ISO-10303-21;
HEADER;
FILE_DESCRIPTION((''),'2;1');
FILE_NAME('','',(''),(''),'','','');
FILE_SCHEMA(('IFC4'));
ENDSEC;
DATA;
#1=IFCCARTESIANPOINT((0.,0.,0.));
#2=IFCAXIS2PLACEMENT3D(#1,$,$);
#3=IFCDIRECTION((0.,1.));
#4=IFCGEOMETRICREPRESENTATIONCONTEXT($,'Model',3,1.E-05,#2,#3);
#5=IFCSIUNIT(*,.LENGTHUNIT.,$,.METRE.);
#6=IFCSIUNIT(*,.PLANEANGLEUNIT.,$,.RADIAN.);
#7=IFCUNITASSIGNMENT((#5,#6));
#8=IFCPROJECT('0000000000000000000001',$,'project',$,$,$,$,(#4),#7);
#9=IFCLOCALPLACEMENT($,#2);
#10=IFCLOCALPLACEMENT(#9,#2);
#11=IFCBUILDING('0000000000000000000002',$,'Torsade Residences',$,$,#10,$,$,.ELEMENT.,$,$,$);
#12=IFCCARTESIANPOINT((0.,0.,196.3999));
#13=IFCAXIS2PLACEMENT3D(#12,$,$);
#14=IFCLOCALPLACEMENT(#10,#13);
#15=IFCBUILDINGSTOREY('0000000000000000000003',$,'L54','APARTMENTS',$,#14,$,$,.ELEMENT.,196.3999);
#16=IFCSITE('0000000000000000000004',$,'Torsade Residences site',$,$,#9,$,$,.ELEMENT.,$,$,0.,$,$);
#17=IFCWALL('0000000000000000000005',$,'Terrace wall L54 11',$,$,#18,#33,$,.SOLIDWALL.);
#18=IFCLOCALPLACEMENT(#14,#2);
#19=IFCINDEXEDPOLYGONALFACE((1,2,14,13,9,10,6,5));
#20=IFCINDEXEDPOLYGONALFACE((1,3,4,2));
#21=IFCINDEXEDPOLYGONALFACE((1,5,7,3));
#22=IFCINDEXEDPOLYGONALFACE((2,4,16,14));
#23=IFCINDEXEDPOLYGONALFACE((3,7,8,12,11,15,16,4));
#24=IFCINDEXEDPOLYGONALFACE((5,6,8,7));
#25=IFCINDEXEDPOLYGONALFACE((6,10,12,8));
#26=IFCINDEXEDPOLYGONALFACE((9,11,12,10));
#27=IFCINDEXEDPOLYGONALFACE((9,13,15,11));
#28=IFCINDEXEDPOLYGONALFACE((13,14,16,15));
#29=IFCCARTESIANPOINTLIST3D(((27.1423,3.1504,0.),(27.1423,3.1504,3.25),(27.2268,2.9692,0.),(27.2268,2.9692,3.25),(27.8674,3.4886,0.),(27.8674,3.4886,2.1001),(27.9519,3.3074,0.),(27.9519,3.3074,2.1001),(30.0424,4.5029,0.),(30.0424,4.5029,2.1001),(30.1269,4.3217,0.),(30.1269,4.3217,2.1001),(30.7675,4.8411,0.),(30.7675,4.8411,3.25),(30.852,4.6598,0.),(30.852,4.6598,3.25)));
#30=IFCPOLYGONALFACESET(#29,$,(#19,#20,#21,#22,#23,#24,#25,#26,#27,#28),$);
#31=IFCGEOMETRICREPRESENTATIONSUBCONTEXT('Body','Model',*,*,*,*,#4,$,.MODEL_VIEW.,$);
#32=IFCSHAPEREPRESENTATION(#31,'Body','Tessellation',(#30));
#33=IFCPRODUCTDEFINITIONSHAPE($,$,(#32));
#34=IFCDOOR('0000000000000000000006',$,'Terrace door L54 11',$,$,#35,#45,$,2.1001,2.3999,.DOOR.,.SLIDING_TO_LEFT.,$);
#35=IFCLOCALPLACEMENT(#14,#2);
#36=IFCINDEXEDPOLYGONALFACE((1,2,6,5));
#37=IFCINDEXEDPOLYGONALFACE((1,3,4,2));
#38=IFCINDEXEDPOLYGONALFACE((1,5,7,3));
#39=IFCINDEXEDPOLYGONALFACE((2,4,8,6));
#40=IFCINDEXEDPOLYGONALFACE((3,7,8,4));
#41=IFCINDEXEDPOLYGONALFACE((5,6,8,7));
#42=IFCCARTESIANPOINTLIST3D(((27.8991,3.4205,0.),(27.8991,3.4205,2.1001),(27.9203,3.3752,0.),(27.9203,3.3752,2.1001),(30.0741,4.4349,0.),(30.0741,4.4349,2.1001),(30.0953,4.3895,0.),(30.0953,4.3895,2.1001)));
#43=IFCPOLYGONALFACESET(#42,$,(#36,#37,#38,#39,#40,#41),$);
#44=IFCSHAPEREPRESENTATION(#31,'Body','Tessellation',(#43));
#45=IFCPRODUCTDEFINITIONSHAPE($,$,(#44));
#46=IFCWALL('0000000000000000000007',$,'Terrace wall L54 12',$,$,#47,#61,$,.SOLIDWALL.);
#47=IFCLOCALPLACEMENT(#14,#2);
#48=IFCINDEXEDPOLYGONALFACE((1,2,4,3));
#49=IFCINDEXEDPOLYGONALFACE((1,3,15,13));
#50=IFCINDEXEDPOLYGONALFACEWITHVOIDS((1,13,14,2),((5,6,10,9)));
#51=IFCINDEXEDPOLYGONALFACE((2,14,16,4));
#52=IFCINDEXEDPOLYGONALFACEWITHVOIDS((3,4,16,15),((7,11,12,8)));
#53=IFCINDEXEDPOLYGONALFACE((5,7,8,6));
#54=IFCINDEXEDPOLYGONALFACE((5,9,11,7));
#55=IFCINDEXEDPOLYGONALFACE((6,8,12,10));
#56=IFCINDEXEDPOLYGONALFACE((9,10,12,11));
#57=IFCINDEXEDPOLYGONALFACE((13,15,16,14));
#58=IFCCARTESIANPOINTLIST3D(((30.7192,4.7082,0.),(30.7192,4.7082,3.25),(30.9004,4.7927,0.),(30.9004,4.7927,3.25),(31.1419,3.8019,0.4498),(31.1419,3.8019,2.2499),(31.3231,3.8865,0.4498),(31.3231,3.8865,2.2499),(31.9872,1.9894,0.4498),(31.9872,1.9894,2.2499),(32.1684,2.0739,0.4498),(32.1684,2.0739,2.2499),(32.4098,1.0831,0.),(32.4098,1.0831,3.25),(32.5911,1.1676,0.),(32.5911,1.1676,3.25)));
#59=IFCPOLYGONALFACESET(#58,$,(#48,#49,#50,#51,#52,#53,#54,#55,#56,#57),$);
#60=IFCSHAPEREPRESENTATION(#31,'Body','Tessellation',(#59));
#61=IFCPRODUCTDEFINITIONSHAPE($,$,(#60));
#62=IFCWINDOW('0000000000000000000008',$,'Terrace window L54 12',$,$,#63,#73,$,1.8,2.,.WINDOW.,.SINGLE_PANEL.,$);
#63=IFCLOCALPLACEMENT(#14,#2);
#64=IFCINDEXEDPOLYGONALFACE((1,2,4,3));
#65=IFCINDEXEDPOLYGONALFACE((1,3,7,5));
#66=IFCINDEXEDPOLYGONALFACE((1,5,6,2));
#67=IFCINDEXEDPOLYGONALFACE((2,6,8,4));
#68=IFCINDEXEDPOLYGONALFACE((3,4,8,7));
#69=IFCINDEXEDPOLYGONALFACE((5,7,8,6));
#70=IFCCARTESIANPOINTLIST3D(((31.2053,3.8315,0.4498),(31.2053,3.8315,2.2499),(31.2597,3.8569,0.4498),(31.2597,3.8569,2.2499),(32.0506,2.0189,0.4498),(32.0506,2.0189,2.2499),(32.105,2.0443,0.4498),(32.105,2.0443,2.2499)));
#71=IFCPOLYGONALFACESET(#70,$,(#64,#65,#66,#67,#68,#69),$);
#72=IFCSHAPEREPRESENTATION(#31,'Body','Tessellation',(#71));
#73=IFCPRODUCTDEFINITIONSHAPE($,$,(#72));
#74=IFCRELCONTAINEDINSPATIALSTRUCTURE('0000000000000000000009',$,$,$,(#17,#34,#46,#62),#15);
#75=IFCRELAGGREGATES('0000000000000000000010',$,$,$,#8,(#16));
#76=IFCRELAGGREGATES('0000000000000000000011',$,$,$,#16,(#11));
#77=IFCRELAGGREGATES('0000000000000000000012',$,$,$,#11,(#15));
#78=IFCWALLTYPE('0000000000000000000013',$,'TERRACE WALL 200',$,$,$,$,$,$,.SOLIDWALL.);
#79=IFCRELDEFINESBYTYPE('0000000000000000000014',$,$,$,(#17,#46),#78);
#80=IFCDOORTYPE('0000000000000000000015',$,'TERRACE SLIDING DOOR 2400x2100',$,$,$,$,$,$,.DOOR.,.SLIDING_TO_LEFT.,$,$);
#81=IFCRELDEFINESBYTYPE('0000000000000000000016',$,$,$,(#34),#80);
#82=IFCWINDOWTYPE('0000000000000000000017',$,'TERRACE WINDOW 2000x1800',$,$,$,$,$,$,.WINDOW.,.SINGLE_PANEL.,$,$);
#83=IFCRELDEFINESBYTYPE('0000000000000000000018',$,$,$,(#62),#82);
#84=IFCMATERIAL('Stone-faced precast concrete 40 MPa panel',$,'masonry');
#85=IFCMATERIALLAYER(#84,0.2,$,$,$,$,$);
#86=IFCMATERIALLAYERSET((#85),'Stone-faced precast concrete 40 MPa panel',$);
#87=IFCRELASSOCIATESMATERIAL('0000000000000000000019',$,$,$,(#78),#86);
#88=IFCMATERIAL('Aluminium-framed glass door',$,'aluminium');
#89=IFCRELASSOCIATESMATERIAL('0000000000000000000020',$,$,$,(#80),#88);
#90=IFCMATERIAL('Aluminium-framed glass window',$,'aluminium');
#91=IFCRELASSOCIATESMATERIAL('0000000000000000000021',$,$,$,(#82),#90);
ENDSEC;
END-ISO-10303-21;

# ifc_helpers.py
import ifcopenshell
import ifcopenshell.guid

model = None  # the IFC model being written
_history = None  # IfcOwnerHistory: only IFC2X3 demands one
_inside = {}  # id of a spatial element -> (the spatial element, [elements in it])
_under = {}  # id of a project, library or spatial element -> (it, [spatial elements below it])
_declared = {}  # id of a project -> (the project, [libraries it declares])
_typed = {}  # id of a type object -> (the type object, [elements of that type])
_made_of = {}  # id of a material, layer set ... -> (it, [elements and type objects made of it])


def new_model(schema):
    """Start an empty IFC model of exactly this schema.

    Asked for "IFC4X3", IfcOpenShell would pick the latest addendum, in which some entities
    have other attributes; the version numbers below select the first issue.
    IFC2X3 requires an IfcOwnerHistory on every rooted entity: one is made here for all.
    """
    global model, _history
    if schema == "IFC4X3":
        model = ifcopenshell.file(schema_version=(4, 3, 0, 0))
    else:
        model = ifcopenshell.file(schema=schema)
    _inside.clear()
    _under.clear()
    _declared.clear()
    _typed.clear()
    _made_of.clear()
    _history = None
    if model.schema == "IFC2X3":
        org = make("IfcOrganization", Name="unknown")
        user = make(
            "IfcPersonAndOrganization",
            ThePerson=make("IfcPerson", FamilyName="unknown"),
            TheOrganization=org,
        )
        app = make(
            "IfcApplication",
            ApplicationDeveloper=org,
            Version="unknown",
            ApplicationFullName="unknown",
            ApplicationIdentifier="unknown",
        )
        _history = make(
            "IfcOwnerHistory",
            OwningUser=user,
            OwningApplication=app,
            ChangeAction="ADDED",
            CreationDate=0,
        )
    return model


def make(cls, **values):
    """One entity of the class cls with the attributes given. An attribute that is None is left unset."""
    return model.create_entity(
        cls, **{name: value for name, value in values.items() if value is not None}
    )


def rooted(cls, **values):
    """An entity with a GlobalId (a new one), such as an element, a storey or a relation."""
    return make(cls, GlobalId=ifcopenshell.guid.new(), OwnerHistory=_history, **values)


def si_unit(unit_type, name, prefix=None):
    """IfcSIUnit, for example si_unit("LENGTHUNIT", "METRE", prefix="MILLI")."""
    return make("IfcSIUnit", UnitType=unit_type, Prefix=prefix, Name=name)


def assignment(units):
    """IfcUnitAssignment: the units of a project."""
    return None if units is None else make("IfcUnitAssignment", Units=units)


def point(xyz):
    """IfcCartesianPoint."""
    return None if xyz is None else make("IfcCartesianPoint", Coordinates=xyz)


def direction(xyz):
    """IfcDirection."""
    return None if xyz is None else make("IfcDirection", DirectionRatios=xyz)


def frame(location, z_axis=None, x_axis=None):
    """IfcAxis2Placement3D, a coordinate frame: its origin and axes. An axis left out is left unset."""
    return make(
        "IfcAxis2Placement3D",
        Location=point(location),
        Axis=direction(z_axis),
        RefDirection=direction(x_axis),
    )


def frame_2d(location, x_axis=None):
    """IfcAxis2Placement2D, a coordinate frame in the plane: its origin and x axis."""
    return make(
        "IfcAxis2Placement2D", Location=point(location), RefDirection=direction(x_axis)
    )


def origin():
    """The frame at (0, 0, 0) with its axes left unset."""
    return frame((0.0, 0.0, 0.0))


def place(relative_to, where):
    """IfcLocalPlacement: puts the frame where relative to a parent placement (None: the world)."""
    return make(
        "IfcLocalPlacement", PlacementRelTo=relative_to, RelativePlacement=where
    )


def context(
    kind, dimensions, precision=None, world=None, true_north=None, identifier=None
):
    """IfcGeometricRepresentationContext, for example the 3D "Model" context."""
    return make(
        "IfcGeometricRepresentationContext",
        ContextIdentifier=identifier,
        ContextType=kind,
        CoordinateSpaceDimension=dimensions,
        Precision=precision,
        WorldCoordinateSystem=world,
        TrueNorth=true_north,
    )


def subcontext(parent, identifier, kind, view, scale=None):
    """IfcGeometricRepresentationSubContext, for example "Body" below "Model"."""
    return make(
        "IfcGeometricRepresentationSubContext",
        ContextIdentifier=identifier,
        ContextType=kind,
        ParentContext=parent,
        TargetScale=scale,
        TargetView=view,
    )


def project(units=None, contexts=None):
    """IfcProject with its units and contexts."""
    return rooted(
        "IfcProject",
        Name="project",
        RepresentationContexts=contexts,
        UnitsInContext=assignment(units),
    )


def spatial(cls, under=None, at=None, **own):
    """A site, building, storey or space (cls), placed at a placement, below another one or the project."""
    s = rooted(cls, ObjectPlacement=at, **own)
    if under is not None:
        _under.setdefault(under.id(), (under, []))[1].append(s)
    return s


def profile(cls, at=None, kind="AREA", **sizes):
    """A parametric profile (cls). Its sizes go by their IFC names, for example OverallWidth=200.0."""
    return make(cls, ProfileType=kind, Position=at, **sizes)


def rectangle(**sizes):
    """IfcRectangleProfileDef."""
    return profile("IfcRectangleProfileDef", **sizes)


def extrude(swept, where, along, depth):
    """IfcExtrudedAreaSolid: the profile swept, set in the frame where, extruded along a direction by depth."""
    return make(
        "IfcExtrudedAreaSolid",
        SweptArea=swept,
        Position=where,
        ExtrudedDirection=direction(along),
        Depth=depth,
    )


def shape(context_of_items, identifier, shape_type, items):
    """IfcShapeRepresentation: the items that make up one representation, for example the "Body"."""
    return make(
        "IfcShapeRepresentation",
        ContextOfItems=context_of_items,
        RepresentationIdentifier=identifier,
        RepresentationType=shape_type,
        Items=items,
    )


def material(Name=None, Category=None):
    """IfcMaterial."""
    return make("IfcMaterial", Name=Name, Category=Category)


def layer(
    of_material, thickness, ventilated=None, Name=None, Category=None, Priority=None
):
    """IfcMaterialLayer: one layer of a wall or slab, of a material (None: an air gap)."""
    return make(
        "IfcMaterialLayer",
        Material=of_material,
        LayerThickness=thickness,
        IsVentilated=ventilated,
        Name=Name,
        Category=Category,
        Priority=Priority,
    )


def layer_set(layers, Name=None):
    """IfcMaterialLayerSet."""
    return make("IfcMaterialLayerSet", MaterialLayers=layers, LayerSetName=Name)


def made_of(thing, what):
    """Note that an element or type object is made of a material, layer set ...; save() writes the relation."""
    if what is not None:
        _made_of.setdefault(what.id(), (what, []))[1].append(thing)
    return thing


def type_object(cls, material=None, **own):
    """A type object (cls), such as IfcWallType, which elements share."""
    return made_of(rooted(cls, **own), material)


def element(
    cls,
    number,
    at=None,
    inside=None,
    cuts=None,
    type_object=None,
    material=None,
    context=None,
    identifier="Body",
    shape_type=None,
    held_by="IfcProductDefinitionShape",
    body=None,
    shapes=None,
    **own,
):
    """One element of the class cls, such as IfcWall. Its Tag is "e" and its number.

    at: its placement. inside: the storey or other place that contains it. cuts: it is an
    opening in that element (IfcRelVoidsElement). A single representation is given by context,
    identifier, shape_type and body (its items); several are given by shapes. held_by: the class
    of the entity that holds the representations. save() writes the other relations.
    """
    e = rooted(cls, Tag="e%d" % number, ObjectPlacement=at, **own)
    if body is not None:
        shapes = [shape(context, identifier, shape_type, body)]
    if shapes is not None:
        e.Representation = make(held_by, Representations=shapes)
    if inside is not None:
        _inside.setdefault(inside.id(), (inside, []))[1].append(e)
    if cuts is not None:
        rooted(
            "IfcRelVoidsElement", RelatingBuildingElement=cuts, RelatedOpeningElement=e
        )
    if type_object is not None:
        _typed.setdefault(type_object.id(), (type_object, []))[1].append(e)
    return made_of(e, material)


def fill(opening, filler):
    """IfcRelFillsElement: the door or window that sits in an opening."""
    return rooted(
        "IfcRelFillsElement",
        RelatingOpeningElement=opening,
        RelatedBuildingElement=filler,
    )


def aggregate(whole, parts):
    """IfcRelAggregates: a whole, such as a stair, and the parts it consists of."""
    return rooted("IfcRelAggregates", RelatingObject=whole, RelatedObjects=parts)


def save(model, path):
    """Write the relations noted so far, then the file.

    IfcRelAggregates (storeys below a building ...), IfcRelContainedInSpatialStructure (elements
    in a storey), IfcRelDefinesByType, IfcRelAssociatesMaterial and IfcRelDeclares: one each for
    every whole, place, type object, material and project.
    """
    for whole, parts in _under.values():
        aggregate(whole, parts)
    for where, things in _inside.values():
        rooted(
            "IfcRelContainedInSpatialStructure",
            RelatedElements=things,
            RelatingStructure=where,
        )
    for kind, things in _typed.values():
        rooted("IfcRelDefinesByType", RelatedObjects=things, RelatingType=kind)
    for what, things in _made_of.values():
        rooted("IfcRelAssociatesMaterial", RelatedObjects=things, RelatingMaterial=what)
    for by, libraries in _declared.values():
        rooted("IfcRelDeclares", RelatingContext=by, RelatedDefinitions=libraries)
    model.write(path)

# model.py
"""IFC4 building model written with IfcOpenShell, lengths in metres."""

from ifc_helpers import new_model, si_unit, direction, frame, frame_2d, origin, place, context, subcontext, project, spatial, rectangle, extrude, material, layer, layer_set, type_object, element, fill, save


model = new_model("IFC4")

# Units and contexts
model_context = context("Model", 3, precision=1e-05, world=origin(), true_north=direction((0.0, 1.0)))
body_context = subcontext(model_context, "Body", "Model", "MODEL_VIEW")
ifc_project = project(units=[si_unit("LENGTHUNIT", "METRE"), si_unit("PLANEANGLEUNIT", "RADIAN")], contexts=[model_context])

# Site, building, storey
site_placement = place(None, origin())
site = spatial("IfcSite", under=ifc_project, at=site_placement, Name="Torsade Residences site", CompositionType="ELEMENT", RefElevation=0.0)
building_placement = place(site_placement, origin())
building = spatial("IfcBuilding", under=site, at=building_placement, Name="Torsade Residences", CompositionType="ELEMENT")
storey_placement = place(building_placement, frame((0.0, 0.0, 196.3999)))
storey = spatial("IfcBuildingStorey", under=building, at=storey_placement, Name="L54", Description="APARTMENTS", CompositionType="ELEMENT", Elevation=196.3999)

# Wall, opening, door
ifc_material_1 = material(Name="Stone-faced precast concrete 40 MPa panel", Category="masonry")
ifc_layer_1 = layer(ifc_material_1, 0.2)
ifc_layer_set_1 = layer_set([ifc_layer_1], Name="Stone-faced precast concrete 40 MPa panel")
wall_type_1 = type_object("IfcWallType", Name="TERRACE WALL 200", PredefinedType="SOLIDWALL", material=ifc_layer_set_1)
wall_1_placement = place(storey_placement, frame((27.1846, 3.0598, 0.0), z_axis=(0.0, 0.0, 1.0), x_axis=(0.906289, 0.422658, 0.0)))
wall_1 = element("IfcWall", 1, at=wall_1_placement, inside=storey, type_object=wall_type_1, Name="Terrace wall L54 11", PredefinedType="SOLIDWALL", context=body_context, shape_type="SweptSolid", body=[
    extrude(rectangle(XDim=4.0, YDim=0.2, at=frame_2d((2.0, 0.0))), origin(), (0.0, 0.0, 1.0), 3.25),
])
opening_1_placement = place(wall_1_placement, frame((0.8, 0.0, 0.0)))
opening_1 = element("IfcOpeningElement", 2, at=opening_1_placement, cuts=wall_1, PredefinedType="OPENING", context=body_context, shape_type="SweptSolid", body=[
    extrude(rectangle(XDim=2.3999, YDim=2.1001, at=frame_2d((1.2, 1.05))), frame((0.0, 0.1099, 0.0), z_axis=(0.0, -1.0, 0.0), x_axis=(1.0, 0.0, 0.0)), (0.0, 0.0, 1.0), 0.22),
])
ifc_material_2 = material(Name="Aluminium-framed glass door", Category="aluminium")
door_type_1 = type_object("IfcDoorType", Name="TERRACE SLIDING DOOR 2400x2100", OperationType="SLIDING_TO_LEFT", PredefinedType="DOOR", material=ifc_material_2)
door_1_placement = place(opening_1_placement, origin())
door_1 = element("IfcDoor", 3, at=door_1_placement, inside=storey, type_object=door_type_1, Name="Terrace door L54 11", OperationType="SLIDING_TO_LEFT", OverallHeight=2.1001, OverallWidth=2.3999, PredefinedType="DOOR", context=body_context, shape_type="SweptSolid", body=[
    extrude(rectangle(XDim=2.3999, YDim=2.1001, at=frame_2d((1.2, 1.05))), frame((0.0, 0.0249, 0.0), z_axis=(0.0, -1.0, 0.0), x_axis=(1.0, 0.0, 0.0)), (0.0, 0.0, 1.0), 0.05),
])
fill(opening_1, door_1)

# Wall, opening, window
wall_2_placement = place(storey_placement, frame((30.8098, 4.7505, 0.0), z_axis=(0.0, 0.0, 1.0), x_axis=(0.422658, -0.906289, 0.0)))
wall_2 = element("IfcWall", 4, at=wall_2_placement, inside=storey, type_object=wall_type_1, Name="Terrace wall L54 12", PredefinedType="SOLIDWALL", context=body_context, shape_type="SweptSolid", body=[
    extrude(rectangle(XDim=4.0, YDim=0.2, at=frame_2d((2.0, 0.0))), origin(), (0.0, 0.0, 1.0), 3.25),
])
opening_2_placement = place(wall_2_placement, frame((1.0, 0.0, 0.45)))
opening_2 = element("IfcOpeningElement", 5, at=opening_2_placement, cuts=wall_2, PredefinedType="OPENING", context=body_context, shape_type="SweptSolid", body=[
    extrude(rectangle(XDim=2.0, YDim=1.8, at=frame_2d((1.0, 0.8999))), frame((0.0, 0.1099, 0.0), z_axis=(0.0, -1.0, 0.0), x_axis=(1.0, 0.0, 0.0)), (0.0, 0.0, 1.0), 0.22),
])
ifc_material_3 = material(Name="Aluminium-framed glass window", Category="aluminium")
window_type = type_object("IfcWindowType", Name="TERRACE WINDOW 2000x1800", PartitioningType="SINGLE_PANEL", PredefinedType="WINDOW", material=ifc_material_3)
window_placement = place(opening_2_placement, origin())
window = element("IfcWindow", 6, at=window_placement, inside=storey, type_object=window_type, Name="Terrace window L54 12", OverallHeight=1.8, OverallWidth=2.0, PartitioningType="SINGLE_PANEL", PredefinedType="WINDOW", context=body_context, shape_type="SweptSolid", body=[
    extrude(rectangle(XDim=2.0, YDim=1.8, at=frame_2d((1.0, 0.8999))), frame((0.0, 0.03, 0.0), z_axis=(0.0, -1.0, 0.0), x_axis=(1.0, 0.0, 0.0)), (0.0, 0.0, 1.0), 0.0601),
])
fill(opening_2, window)

save(model, "model.ifc")
